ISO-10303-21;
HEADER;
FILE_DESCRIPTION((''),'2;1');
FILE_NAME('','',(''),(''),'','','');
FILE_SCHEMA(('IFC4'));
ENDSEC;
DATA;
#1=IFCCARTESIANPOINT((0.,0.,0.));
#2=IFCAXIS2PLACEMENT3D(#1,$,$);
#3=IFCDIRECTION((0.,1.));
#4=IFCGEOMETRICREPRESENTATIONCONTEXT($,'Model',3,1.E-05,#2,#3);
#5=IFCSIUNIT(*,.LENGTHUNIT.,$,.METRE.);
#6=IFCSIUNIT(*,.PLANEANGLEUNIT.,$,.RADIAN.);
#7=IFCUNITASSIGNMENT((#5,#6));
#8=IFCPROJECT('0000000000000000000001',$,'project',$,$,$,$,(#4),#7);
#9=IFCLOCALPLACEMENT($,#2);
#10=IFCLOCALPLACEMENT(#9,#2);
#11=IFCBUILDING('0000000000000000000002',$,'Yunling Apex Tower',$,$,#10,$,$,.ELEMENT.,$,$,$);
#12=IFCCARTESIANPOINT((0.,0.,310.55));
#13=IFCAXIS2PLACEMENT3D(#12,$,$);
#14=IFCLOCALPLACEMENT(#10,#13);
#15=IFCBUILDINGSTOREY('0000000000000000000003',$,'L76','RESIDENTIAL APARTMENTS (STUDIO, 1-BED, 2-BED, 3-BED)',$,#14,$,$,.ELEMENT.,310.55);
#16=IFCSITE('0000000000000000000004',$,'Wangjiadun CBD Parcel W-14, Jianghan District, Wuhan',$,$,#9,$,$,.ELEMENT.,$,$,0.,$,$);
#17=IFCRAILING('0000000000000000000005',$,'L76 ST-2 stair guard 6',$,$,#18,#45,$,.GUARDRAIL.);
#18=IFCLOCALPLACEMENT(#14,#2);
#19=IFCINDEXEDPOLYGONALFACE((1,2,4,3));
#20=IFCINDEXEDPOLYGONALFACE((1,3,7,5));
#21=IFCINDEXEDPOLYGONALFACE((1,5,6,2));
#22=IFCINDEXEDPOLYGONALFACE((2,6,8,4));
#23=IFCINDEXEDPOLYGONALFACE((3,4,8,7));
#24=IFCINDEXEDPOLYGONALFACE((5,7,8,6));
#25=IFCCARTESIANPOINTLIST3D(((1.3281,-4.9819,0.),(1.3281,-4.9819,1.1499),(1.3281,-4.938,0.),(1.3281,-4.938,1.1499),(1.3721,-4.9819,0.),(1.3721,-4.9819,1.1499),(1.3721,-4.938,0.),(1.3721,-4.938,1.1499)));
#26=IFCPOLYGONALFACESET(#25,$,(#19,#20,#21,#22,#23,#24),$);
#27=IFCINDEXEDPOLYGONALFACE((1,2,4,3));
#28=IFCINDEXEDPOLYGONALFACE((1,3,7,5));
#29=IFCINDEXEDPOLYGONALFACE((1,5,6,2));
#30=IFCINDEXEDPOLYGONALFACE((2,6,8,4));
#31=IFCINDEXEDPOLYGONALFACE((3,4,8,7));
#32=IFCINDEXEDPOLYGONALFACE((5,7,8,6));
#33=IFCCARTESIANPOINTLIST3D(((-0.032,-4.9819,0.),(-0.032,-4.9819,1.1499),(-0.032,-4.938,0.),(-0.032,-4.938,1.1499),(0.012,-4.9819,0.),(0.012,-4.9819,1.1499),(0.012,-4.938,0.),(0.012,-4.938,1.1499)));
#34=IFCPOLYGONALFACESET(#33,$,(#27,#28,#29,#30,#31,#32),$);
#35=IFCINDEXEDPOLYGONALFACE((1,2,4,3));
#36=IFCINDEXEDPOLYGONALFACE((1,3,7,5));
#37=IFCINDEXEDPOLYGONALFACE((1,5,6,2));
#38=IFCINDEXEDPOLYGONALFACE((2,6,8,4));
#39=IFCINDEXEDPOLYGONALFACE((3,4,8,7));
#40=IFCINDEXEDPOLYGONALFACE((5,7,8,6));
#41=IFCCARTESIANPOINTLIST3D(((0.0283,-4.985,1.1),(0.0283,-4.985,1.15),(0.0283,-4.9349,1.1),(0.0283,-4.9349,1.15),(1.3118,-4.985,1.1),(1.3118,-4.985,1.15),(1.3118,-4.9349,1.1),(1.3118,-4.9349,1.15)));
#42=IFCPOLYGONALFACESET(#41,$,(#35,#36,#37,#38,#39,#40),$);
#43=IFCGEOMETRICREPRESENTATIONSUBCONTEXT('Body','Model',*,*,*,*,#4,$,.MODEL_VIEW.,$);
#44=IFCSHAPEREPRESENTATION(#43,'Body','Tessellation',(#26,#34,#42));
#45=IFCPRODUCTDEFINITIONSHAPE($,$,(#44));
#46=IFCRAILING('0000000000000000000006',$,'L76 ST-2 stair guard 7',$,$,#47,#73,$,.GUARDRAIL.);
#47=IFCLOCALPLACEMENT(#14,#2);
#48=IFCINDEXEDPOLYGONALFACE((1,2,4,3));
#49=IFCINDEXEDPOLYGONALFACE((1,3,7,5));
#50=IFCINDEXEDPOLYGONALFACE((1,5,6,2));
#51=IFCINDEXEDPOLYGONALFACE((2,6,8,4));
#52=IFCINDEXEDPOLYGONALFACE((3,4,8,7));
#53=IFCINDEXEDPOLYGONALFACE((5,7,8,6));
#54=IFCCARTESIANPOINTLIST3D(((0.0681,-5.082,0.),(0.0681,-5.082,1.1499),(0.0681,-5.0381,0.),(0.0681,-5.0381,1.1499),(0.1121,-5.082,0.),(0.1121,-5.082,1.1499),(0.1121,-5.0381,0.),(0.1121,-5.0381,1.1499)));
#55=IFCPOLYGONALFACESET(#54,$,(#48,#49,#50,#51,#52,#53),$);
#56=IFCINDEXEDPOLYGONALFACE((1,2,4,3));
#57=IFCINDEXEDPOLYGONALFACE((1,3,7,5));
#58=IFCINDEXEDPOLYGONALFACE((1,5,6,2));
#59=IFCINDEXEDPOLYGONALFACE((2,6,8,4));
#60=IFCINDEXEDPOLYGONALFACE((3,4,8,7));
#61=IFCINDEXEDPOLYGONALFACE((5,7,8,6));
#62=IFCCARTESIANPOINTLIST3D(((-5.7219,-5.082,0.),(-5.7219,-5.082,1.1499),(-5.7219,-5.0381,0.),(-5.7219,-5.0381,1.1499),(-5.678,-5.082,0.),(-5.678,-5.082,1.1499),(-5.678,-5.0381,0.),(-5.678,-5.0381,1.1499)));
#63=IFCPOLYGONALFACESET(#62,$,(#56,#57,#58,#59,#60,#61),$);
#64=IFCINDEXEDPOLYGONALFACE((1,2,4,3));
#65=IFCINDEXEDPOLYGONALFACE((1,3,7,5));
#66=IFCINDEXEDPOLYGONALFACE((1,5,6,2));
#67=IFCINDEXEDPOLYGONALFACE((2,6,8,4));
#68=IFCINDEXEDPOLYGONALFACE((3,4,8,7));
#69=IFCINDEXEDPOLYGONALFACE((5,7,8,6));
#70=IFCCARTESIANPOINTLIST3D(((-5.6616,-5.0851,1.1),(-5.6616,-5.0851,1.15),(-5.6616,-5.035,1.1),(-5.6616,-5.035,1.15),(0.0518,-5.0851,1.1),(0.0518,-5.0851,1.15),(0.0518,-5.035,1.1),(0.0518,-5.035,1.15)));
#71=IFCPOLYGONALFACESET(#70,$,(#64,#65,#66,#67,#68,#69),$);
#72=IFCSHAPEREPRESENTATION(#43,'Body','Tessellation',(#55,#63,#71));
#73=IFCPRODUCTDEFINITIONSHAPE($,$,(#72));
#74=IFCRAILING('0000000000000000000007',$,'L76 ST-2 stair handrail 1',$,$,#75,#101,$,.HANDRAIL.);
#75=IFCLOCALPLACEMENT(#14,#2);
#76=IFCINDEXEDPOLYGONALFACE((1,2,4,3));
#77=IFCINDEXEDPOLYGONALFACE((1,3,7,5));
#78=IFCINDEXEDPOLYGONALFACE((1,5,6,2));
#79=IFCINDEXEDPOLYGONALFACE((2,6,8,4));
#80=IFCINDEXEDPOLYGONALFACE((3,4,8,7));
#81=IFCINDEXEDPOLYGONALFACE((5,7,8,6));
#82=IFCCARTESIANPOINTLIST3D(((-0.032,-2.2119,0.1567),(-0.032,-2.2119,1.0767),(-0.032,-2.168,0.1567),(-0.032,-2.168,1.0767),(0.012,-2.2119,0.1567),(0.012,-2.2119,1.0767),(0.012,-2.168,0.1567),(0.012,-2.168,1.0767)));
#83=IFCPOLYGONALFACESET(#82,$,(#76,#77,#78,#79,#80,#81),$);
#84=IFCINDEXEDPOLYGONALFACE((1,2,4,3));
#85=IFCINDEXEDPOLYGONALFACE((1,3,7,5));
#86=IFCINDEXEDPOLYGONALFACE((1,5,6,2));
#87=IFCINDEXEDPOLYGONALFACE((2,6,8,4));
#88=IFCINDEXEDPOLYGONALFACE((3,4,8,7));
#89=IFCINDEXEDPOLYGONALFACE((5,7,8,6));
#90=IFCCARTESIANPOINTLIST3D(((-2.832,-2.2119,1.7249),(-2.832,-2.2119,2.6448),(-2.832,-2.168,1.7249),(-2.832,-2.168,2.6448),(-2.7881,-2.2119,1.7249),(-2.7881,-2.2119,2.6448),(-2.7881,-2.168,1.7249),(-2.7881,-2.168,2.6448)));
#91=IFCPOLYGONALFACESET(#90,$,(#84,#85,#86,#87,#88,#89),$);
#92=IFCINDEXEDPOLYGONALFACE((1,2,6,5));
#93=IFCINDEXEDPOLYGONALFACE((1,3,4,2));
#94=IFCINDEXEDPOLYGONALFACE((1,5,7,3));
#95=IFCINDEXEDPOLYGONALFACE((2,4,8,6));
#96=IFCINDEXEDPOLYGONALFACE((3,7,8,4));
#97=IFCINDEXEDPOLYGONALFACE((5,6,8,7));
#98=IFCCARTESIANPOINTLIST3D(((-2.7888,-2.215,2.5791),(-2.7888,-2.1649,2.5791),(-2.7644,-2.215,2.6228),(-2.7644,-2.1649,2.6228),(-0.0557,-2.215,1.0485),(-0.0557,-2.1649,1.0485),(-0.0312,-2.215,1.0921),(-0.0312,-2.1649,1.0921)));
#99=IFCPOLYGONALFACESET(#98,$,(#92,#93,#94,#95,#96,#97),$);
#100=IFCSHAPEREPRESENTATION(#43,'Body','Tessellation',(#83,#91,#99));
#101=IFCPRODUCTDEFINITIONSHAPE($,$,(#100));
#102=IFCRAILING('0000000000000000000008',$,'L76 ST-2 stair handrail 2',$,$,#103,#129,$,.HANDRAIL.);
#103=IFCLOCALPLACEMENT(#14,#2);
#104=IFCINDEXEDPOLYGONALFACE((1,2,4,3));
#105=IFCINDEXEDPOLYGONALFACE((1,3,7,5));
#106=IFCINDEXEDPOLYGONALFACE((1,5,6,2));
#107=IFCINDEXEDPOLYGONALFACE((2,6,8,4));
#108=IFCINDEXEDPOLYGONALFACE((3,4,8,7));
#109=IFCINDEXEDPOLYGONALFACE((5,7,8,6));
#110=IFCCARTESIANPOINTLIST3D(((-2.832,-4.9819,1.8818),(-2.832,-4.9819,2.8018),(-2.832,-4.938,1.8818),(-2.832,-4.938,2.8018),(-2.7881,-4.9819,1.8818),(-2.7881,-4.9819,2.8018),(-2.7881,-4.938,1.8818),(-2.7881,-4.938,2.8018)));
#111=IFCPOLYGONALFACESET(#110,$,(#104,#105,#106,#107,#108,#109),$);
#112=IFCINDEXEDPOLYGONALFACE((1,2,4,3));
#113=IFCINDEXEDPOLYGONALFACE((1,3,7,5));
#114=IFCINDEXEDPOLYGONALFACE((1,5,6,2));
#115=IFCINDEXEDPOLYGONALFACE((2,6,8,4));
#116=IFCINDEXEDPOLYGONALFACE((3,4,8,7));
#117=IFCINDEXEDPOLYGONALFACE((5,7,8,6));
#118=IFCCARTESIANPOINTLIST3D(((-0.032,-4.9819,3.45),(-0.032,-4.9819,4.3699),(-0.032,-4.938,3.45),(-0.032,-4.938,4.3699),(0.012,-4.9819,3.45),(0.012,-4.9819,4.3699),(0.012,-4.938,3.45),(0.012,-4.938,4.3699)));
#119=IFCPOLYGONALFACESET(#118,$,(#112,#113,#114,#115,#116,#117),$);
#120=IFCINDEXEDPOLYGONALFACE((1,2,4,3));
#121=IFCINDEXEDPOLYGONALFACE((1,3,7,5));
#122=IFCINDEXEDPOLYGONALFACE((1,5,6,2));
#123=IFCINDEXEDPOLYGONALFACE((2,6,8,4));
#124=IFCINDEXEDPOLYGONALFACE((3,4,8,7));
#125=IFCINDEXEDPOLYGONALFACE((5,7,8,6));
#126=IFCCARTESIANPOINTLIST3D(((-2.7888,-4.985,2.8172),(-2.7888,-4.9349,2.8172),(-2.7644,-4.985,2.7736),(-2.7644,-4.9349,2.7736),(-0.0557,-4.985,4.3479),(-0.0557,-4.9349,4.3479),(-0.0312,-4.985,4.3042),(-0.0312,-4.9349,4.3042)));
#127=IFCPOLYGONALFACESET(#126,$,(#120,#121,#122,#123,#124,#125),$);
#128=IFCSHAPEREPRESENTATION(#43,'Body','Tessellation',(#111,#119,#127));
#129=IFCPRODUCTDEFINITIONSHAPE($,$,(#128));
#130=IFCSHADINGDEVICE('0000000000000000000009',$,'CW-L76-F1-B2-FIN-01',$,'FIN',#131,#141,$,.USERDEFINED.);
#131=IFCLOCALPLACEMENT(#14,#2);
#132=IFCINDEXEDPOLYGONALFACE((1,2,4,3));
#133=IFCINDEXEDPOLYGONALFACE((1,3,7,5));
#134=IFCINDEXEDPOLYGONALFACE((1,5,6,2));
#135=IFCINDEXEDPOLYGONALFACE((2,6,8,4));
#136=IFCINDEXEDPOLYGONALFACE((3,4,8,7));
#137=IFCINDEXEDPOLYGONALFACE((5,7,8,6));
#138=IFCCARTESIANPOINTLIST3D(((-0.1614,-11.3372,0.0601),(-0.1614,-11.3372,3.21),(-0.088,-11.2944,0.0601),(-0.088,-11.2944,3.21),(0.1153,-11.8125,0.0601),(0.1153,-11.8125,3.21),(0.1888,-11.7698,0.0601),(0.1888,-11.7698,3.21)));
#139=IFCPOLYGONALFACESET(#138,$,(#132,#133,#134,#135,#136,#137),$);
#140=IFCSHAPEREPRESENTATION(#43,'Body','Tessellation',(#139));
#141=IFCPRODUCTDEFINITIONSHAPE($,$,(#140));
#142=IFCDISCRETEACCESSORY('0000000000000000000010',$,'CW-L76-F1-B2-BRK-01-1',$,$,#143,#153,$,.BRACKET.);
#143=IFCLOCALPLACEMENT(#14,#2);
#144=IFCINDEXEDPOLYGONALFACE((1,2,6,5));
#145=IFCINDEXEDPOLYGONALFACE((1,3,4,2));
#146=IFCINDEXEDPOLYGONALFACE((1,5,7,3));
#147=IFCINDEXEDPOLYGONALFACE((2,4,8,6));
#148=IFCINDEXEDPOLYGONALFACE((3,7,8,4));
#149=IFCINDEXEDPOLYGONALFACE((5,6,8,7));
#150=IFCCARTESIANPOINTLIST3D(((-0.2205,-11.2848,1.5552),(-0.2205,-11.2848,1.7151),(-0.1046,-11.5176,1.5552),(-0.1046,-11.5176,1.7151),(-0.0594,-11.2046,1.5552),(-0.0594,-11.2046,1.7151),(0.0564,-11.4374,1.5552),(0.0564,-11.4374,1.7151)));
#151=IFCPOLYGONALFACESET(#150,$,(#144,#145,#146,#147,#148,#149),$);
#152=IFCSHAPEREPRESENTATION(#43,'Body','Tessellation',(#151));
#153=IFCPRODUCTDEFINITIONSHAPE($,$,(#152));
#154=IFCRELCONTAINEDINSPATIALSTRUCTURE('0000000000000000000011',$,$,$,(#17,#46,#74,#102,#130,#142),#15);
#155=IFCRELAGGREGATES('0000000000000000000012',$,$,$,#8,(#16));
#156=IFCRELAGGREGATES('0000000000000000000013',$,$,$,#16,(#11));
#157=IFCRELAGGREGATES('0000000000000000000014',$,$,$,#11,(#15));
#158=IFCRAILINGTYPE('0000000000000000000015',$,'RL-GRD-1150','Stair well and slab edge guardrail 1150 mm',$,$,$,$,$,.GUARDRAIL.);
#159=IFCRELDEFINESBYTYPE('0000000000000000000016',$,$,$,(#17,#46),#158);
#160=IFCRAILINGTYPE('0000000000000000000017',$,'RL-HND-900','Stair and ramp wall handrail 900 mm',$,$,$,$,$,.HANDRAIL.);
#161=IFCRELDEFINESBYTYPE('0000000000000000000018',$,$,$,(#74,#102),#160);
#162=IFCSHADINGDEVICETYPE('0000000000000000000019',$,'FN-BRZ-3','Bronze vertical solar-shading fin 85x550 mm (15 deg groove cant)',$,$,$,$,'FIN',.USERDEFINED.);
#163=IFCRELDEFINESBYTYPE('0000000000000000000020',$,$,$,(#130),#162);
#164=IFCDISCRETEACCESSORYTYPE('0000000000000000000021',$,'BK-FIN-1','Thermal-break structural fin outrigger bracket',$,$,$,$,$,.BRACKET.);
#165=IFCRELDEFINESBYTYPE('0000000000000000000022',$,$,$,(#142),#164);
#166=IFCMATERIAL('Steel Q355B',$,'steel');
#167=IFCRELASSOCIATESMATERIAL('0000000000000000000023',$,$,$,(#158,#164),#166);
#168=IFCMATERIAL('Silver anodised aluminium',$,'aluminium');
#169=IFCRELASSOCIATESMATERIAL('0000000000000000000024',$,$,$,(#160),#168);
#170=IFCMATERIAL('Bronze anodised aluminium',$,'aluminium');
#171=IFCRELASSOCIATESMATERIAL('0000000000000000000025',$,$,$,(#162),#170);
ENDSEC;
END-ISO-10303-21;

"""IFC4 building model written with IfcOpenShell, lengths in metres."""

from ifc_helpers import new_model, si_unit, direction, frame, origin, origin_2d, place, context, subcontext, project, spatial, rectangle, extrude, source, transform, mapped, material, material_profile, profile_set, type_object, element, save


model = new_model("IFC4")

# Units and contexts
model_context = context("Model", 3, precision=1e-05, world=origin(), true_north=direction((0.0, 1.0)))
body_context = subcontext(model_context, "Body", "Model", "MODEL_VIEW")
ifc_project = project(units=[si_unit("LENGTHUNIT", "METRE"), si_unit("PLANEANGLEUNIT", "RADIAN")], contexts=[model_context])

# Site, building, storey
site_placement = place(None, origin())
site = spatial("IfcSite", under=ifc_project, at=site_placement, Name="Wangjiadun CBD Parcel W-14, Jianghan District, Wuhan", CompositionType="ELEMENT", RefElevation=0.0)
building_placement = place(site_placement, origin())
building = spatial("IfcBuilding", under=site, at=building_placement, Name="Yunling Apex Tower", CompositionType="ELEMENT")
storey_placement = place(building_placement, frame((0.0, 0.0, 310.55)))
storey = spatial("IfcBuildingStorey", under=building, at=storey_placement, Name="L76", Description="RESIDENTIAL APARTMENTS (STUDIO, 1-BED, 2-BED, 3-BED)", CompositionType="ELEMENT", Elevation=310.55)

# Shared definitions
ifc_material_1 = material(Name="Steel Q355B", Category="steel")

# Shared definitions
ifc_material_2 = material(Name="Bronze anodised aluminium", Category="aluminium")

# Railings
railing_type_1 = type_object("IfcRailingType", Name="RL-GRD-1150", Description="Stair well and slab edge guardrail 1150 mm", PredefinedType="GUARDRAIL", material=ifc_material_1)
railing_1_placement = place(storey_placement, frame((1.3501, -4.96, 0.0)))
element("IfcRailing", 1, at=railing_1_placement, inside=storey, type_object=railing_type_1, Name="L76 ST-2 stair guard 6", PredefinedType="GUARDRAIL", context=body_context, shape_type="SweptSolid", body=[
    extrude(rectangle(XDim=0.0439, YDim=0.0439, at=origin_2d()), origin(), (0.0, 0.0, 1.0), 1.1499),
    extrude(rectangle(XDim=0.0439, YDim=0.0439, at=origin_2d()), frame((-1.3601, 0.0, 0.0)), (0.0, 0.0, 1.0), 1.1499),
    extrude(rectangle(XDim=0.05, YDim=0.05, at=origin_2d()), frame((-0.0383, 0.0, 1.125), z_axis=(-1.0, 0.0, 0.0), x_axis=(0.0, -1.0, 0.0)), (0.0, 0.0, 1.0), 1.2834),
])
railing_2_placement = place(storey_placement, frame((0.0901, -5.0601, 0.0)))
element("IfcRailing", 2, at=railing_2_placement, inside=storey, type_object=railing_type_1, Name="L76 ST-2 stair guard 7", PredefinedType="GUARDRAIL", context=body_context, shape_type="SweptSolid", body=[
    extrude(rectangle(XDim=0.0439, YDim=0.0439, at=origin_2d()), origin(), (0.0, 0.0, 1.0), 1.1499),
    extrude(rectangle(XDim=0.0439, YDim=0.0439, at=origin_2d()), frame((-5.79, 0.0, 0.0)), (0.0, 0.0, 1.0), 1.1499),
    extrude(rectangle(XDim=0.05, YDim=0.05, at=origin_2d()), frame((-0.0383, 0.0, 1.125), z_axis=(-1.0, 0.0, 0.0), x_axis=(0.0, -1.0, 0.0)), (0.0, 0.0, 1.0), 5.7134),
])
ifc_material_3 = material(Name="Silver anodised aluminium", Category="aluminium")
railing_type_2 = type_object("IfcRailingType", Name="RL-HND-900", Description="Stair and ramp wall handrail 900 mm", PredefinedType="HANDRAIL", material=ifc_material_3)
railing_3_placement = place(storey_placement, frame((-0.01, -2.1899, 0.1567)))
element("IfcRailing", 3, at=railing_3_placement, inside=storey, type_object=railing_type_2, Name="L76 ST-2 stair handrail 1", PredefinedType="HANDRAIL", context=body_context, shape_type="SweptSolid", body=[
    extrude(rectangle(XDim=0.0439, YDim=0.0439, at=origin_2d()), origin(), (0.0, 0.0, 1.0), 0.9199),
    extrude(rectangle(XDim=0.0439, YDim=0.0439, at=origin_2d()), frame((-2.8, 0.0, 1.5681)), (0.0, 0.0, 1.0), 0.9199),
    extrude(rectangle(XDim=0.05, YDim=0.05, at=origin_2d()), frame((-0.0334, 0.0, 0.9136), z_axis=(-0.872494, 0.0, 0.488624), x_axis=(0.0, -1.0, 0.0)), (0.0, 0.0, 1.0), 3.1326),
])
railing_4_placement = place(storey_placement, frame((-2.8101, -4.96, 1.8818)))
element("IfcRailing", 4, at=railing_4_placement, inside=storey, type_object=railing_type_2, Name="L76 ST-2 stair handrail 2", PredefinedType="HANDRAIL", context=body_context, shape_type="SweptSolid", body=[
    extrude(rectangle(XDim=0.0439, YDim=0.0439, at=origin_2d()), origin(), (0.0, 0.0, 1.0), 0.9199),
    extrude(rectangle(XDim=0.0439, YDim=0.0439, at=origin_2d()), frame((2.8, 0.0, 1.5681)), (0.0, 0.0, 1.0), 0.9199),
    extrude(rectangle(XDim=0.05, YDim=0.05, at=origin_2d()), frame((0.0334, 0.0, 0.9136), z_axis=(0.872494, 0.0, 0.488624), x_axis=(0.0, 1.0, 0.0)), (0.0, 0.0, 1.0), 3.1326),
])

# Shading device
ifc_material_profile_1 = material_profile(ifc_material_2, rectangle(XDim=0.085, YDim=0.55, at=origin_2d()))
ifc_profile_set_1 = profile_set([ifc_material_profile_1], Name="Bronze anodised aluminium")
shading_device_type = type_object("IfcShadingDeviceType", Name="FN-BRZ-3", Description="Bronze vertical solar-shading fin 85x550 mm (15 deg groove cant)", ElementType="FIN", PredefinedType="USERDEFINED", material=ifc_profile_set_1)
shared_shape_1 = source(origin(), body_context, "Body", "SweptSolid", [
    extrude(rectangle(XDim=0.085, YDim=0.55, at=origin_2d()), origin(), (0.0, 0.0, 1.0), 3.1499),
])
shading_device_placement = place(storey_placement, frame((0.0137, -11.5535, 0.0601), z_axis=(0.0, 0.0, 1.0), x_axis=(0.864187, 0.503171, 0.0)))
element("IfcShadingDevice", 5, at=shading_device_placement, inside=storey, type_object=shading_device_type, Name="CW-L76-F1-B2-FIN-01", ObjectType="FIN", PredefinedType="USERDEFINED", context=body_context, shape_type="MappedRepresentation", body=[
    mapped(shared_shape_1, transform((0.0, 0.0, 0.0), scale=1.0)),
])

# Discrete accessory
discrete_accessory_type = type_object("IfcDiscreteAccessoryType", Name="BK-FIN-1", Description="Thermal-break structural fin outrigger bracket", PredefinedType="BRACKET", material=ifc_material_1)
shared_shape_2 = source(origin(), body_context, "Body", "SweptSolid", [
    extrude(rectangle(XDim=0.1799, YDim=0.26, at=origin_2d()), origin(), (0.0, 0.0, 1.0), 0.1599),
])
discrete_accessory_placement = place(storey_placement, frame((-0.082, -11.3611, 1.5552), z_axis=(0.0, 0.0, 1.0), x_axis=(0.895246, 0.445573, 0.0)))
element("IfcDiscreteAccessory", 6, at=discrete_accessory_placement, inside=storey, type_object=discrete_accessory_type, Name="CW-L76-F1-B2-BRK-01-1", PredefinedType="BRACKET", context=body_context, shape_type="MappedRepresentation", body=[
    mapped(shared_shape_2, transform((0.0, 0.0, 0.0), scale=1.0)),
])

save(model, "model.ifc")
